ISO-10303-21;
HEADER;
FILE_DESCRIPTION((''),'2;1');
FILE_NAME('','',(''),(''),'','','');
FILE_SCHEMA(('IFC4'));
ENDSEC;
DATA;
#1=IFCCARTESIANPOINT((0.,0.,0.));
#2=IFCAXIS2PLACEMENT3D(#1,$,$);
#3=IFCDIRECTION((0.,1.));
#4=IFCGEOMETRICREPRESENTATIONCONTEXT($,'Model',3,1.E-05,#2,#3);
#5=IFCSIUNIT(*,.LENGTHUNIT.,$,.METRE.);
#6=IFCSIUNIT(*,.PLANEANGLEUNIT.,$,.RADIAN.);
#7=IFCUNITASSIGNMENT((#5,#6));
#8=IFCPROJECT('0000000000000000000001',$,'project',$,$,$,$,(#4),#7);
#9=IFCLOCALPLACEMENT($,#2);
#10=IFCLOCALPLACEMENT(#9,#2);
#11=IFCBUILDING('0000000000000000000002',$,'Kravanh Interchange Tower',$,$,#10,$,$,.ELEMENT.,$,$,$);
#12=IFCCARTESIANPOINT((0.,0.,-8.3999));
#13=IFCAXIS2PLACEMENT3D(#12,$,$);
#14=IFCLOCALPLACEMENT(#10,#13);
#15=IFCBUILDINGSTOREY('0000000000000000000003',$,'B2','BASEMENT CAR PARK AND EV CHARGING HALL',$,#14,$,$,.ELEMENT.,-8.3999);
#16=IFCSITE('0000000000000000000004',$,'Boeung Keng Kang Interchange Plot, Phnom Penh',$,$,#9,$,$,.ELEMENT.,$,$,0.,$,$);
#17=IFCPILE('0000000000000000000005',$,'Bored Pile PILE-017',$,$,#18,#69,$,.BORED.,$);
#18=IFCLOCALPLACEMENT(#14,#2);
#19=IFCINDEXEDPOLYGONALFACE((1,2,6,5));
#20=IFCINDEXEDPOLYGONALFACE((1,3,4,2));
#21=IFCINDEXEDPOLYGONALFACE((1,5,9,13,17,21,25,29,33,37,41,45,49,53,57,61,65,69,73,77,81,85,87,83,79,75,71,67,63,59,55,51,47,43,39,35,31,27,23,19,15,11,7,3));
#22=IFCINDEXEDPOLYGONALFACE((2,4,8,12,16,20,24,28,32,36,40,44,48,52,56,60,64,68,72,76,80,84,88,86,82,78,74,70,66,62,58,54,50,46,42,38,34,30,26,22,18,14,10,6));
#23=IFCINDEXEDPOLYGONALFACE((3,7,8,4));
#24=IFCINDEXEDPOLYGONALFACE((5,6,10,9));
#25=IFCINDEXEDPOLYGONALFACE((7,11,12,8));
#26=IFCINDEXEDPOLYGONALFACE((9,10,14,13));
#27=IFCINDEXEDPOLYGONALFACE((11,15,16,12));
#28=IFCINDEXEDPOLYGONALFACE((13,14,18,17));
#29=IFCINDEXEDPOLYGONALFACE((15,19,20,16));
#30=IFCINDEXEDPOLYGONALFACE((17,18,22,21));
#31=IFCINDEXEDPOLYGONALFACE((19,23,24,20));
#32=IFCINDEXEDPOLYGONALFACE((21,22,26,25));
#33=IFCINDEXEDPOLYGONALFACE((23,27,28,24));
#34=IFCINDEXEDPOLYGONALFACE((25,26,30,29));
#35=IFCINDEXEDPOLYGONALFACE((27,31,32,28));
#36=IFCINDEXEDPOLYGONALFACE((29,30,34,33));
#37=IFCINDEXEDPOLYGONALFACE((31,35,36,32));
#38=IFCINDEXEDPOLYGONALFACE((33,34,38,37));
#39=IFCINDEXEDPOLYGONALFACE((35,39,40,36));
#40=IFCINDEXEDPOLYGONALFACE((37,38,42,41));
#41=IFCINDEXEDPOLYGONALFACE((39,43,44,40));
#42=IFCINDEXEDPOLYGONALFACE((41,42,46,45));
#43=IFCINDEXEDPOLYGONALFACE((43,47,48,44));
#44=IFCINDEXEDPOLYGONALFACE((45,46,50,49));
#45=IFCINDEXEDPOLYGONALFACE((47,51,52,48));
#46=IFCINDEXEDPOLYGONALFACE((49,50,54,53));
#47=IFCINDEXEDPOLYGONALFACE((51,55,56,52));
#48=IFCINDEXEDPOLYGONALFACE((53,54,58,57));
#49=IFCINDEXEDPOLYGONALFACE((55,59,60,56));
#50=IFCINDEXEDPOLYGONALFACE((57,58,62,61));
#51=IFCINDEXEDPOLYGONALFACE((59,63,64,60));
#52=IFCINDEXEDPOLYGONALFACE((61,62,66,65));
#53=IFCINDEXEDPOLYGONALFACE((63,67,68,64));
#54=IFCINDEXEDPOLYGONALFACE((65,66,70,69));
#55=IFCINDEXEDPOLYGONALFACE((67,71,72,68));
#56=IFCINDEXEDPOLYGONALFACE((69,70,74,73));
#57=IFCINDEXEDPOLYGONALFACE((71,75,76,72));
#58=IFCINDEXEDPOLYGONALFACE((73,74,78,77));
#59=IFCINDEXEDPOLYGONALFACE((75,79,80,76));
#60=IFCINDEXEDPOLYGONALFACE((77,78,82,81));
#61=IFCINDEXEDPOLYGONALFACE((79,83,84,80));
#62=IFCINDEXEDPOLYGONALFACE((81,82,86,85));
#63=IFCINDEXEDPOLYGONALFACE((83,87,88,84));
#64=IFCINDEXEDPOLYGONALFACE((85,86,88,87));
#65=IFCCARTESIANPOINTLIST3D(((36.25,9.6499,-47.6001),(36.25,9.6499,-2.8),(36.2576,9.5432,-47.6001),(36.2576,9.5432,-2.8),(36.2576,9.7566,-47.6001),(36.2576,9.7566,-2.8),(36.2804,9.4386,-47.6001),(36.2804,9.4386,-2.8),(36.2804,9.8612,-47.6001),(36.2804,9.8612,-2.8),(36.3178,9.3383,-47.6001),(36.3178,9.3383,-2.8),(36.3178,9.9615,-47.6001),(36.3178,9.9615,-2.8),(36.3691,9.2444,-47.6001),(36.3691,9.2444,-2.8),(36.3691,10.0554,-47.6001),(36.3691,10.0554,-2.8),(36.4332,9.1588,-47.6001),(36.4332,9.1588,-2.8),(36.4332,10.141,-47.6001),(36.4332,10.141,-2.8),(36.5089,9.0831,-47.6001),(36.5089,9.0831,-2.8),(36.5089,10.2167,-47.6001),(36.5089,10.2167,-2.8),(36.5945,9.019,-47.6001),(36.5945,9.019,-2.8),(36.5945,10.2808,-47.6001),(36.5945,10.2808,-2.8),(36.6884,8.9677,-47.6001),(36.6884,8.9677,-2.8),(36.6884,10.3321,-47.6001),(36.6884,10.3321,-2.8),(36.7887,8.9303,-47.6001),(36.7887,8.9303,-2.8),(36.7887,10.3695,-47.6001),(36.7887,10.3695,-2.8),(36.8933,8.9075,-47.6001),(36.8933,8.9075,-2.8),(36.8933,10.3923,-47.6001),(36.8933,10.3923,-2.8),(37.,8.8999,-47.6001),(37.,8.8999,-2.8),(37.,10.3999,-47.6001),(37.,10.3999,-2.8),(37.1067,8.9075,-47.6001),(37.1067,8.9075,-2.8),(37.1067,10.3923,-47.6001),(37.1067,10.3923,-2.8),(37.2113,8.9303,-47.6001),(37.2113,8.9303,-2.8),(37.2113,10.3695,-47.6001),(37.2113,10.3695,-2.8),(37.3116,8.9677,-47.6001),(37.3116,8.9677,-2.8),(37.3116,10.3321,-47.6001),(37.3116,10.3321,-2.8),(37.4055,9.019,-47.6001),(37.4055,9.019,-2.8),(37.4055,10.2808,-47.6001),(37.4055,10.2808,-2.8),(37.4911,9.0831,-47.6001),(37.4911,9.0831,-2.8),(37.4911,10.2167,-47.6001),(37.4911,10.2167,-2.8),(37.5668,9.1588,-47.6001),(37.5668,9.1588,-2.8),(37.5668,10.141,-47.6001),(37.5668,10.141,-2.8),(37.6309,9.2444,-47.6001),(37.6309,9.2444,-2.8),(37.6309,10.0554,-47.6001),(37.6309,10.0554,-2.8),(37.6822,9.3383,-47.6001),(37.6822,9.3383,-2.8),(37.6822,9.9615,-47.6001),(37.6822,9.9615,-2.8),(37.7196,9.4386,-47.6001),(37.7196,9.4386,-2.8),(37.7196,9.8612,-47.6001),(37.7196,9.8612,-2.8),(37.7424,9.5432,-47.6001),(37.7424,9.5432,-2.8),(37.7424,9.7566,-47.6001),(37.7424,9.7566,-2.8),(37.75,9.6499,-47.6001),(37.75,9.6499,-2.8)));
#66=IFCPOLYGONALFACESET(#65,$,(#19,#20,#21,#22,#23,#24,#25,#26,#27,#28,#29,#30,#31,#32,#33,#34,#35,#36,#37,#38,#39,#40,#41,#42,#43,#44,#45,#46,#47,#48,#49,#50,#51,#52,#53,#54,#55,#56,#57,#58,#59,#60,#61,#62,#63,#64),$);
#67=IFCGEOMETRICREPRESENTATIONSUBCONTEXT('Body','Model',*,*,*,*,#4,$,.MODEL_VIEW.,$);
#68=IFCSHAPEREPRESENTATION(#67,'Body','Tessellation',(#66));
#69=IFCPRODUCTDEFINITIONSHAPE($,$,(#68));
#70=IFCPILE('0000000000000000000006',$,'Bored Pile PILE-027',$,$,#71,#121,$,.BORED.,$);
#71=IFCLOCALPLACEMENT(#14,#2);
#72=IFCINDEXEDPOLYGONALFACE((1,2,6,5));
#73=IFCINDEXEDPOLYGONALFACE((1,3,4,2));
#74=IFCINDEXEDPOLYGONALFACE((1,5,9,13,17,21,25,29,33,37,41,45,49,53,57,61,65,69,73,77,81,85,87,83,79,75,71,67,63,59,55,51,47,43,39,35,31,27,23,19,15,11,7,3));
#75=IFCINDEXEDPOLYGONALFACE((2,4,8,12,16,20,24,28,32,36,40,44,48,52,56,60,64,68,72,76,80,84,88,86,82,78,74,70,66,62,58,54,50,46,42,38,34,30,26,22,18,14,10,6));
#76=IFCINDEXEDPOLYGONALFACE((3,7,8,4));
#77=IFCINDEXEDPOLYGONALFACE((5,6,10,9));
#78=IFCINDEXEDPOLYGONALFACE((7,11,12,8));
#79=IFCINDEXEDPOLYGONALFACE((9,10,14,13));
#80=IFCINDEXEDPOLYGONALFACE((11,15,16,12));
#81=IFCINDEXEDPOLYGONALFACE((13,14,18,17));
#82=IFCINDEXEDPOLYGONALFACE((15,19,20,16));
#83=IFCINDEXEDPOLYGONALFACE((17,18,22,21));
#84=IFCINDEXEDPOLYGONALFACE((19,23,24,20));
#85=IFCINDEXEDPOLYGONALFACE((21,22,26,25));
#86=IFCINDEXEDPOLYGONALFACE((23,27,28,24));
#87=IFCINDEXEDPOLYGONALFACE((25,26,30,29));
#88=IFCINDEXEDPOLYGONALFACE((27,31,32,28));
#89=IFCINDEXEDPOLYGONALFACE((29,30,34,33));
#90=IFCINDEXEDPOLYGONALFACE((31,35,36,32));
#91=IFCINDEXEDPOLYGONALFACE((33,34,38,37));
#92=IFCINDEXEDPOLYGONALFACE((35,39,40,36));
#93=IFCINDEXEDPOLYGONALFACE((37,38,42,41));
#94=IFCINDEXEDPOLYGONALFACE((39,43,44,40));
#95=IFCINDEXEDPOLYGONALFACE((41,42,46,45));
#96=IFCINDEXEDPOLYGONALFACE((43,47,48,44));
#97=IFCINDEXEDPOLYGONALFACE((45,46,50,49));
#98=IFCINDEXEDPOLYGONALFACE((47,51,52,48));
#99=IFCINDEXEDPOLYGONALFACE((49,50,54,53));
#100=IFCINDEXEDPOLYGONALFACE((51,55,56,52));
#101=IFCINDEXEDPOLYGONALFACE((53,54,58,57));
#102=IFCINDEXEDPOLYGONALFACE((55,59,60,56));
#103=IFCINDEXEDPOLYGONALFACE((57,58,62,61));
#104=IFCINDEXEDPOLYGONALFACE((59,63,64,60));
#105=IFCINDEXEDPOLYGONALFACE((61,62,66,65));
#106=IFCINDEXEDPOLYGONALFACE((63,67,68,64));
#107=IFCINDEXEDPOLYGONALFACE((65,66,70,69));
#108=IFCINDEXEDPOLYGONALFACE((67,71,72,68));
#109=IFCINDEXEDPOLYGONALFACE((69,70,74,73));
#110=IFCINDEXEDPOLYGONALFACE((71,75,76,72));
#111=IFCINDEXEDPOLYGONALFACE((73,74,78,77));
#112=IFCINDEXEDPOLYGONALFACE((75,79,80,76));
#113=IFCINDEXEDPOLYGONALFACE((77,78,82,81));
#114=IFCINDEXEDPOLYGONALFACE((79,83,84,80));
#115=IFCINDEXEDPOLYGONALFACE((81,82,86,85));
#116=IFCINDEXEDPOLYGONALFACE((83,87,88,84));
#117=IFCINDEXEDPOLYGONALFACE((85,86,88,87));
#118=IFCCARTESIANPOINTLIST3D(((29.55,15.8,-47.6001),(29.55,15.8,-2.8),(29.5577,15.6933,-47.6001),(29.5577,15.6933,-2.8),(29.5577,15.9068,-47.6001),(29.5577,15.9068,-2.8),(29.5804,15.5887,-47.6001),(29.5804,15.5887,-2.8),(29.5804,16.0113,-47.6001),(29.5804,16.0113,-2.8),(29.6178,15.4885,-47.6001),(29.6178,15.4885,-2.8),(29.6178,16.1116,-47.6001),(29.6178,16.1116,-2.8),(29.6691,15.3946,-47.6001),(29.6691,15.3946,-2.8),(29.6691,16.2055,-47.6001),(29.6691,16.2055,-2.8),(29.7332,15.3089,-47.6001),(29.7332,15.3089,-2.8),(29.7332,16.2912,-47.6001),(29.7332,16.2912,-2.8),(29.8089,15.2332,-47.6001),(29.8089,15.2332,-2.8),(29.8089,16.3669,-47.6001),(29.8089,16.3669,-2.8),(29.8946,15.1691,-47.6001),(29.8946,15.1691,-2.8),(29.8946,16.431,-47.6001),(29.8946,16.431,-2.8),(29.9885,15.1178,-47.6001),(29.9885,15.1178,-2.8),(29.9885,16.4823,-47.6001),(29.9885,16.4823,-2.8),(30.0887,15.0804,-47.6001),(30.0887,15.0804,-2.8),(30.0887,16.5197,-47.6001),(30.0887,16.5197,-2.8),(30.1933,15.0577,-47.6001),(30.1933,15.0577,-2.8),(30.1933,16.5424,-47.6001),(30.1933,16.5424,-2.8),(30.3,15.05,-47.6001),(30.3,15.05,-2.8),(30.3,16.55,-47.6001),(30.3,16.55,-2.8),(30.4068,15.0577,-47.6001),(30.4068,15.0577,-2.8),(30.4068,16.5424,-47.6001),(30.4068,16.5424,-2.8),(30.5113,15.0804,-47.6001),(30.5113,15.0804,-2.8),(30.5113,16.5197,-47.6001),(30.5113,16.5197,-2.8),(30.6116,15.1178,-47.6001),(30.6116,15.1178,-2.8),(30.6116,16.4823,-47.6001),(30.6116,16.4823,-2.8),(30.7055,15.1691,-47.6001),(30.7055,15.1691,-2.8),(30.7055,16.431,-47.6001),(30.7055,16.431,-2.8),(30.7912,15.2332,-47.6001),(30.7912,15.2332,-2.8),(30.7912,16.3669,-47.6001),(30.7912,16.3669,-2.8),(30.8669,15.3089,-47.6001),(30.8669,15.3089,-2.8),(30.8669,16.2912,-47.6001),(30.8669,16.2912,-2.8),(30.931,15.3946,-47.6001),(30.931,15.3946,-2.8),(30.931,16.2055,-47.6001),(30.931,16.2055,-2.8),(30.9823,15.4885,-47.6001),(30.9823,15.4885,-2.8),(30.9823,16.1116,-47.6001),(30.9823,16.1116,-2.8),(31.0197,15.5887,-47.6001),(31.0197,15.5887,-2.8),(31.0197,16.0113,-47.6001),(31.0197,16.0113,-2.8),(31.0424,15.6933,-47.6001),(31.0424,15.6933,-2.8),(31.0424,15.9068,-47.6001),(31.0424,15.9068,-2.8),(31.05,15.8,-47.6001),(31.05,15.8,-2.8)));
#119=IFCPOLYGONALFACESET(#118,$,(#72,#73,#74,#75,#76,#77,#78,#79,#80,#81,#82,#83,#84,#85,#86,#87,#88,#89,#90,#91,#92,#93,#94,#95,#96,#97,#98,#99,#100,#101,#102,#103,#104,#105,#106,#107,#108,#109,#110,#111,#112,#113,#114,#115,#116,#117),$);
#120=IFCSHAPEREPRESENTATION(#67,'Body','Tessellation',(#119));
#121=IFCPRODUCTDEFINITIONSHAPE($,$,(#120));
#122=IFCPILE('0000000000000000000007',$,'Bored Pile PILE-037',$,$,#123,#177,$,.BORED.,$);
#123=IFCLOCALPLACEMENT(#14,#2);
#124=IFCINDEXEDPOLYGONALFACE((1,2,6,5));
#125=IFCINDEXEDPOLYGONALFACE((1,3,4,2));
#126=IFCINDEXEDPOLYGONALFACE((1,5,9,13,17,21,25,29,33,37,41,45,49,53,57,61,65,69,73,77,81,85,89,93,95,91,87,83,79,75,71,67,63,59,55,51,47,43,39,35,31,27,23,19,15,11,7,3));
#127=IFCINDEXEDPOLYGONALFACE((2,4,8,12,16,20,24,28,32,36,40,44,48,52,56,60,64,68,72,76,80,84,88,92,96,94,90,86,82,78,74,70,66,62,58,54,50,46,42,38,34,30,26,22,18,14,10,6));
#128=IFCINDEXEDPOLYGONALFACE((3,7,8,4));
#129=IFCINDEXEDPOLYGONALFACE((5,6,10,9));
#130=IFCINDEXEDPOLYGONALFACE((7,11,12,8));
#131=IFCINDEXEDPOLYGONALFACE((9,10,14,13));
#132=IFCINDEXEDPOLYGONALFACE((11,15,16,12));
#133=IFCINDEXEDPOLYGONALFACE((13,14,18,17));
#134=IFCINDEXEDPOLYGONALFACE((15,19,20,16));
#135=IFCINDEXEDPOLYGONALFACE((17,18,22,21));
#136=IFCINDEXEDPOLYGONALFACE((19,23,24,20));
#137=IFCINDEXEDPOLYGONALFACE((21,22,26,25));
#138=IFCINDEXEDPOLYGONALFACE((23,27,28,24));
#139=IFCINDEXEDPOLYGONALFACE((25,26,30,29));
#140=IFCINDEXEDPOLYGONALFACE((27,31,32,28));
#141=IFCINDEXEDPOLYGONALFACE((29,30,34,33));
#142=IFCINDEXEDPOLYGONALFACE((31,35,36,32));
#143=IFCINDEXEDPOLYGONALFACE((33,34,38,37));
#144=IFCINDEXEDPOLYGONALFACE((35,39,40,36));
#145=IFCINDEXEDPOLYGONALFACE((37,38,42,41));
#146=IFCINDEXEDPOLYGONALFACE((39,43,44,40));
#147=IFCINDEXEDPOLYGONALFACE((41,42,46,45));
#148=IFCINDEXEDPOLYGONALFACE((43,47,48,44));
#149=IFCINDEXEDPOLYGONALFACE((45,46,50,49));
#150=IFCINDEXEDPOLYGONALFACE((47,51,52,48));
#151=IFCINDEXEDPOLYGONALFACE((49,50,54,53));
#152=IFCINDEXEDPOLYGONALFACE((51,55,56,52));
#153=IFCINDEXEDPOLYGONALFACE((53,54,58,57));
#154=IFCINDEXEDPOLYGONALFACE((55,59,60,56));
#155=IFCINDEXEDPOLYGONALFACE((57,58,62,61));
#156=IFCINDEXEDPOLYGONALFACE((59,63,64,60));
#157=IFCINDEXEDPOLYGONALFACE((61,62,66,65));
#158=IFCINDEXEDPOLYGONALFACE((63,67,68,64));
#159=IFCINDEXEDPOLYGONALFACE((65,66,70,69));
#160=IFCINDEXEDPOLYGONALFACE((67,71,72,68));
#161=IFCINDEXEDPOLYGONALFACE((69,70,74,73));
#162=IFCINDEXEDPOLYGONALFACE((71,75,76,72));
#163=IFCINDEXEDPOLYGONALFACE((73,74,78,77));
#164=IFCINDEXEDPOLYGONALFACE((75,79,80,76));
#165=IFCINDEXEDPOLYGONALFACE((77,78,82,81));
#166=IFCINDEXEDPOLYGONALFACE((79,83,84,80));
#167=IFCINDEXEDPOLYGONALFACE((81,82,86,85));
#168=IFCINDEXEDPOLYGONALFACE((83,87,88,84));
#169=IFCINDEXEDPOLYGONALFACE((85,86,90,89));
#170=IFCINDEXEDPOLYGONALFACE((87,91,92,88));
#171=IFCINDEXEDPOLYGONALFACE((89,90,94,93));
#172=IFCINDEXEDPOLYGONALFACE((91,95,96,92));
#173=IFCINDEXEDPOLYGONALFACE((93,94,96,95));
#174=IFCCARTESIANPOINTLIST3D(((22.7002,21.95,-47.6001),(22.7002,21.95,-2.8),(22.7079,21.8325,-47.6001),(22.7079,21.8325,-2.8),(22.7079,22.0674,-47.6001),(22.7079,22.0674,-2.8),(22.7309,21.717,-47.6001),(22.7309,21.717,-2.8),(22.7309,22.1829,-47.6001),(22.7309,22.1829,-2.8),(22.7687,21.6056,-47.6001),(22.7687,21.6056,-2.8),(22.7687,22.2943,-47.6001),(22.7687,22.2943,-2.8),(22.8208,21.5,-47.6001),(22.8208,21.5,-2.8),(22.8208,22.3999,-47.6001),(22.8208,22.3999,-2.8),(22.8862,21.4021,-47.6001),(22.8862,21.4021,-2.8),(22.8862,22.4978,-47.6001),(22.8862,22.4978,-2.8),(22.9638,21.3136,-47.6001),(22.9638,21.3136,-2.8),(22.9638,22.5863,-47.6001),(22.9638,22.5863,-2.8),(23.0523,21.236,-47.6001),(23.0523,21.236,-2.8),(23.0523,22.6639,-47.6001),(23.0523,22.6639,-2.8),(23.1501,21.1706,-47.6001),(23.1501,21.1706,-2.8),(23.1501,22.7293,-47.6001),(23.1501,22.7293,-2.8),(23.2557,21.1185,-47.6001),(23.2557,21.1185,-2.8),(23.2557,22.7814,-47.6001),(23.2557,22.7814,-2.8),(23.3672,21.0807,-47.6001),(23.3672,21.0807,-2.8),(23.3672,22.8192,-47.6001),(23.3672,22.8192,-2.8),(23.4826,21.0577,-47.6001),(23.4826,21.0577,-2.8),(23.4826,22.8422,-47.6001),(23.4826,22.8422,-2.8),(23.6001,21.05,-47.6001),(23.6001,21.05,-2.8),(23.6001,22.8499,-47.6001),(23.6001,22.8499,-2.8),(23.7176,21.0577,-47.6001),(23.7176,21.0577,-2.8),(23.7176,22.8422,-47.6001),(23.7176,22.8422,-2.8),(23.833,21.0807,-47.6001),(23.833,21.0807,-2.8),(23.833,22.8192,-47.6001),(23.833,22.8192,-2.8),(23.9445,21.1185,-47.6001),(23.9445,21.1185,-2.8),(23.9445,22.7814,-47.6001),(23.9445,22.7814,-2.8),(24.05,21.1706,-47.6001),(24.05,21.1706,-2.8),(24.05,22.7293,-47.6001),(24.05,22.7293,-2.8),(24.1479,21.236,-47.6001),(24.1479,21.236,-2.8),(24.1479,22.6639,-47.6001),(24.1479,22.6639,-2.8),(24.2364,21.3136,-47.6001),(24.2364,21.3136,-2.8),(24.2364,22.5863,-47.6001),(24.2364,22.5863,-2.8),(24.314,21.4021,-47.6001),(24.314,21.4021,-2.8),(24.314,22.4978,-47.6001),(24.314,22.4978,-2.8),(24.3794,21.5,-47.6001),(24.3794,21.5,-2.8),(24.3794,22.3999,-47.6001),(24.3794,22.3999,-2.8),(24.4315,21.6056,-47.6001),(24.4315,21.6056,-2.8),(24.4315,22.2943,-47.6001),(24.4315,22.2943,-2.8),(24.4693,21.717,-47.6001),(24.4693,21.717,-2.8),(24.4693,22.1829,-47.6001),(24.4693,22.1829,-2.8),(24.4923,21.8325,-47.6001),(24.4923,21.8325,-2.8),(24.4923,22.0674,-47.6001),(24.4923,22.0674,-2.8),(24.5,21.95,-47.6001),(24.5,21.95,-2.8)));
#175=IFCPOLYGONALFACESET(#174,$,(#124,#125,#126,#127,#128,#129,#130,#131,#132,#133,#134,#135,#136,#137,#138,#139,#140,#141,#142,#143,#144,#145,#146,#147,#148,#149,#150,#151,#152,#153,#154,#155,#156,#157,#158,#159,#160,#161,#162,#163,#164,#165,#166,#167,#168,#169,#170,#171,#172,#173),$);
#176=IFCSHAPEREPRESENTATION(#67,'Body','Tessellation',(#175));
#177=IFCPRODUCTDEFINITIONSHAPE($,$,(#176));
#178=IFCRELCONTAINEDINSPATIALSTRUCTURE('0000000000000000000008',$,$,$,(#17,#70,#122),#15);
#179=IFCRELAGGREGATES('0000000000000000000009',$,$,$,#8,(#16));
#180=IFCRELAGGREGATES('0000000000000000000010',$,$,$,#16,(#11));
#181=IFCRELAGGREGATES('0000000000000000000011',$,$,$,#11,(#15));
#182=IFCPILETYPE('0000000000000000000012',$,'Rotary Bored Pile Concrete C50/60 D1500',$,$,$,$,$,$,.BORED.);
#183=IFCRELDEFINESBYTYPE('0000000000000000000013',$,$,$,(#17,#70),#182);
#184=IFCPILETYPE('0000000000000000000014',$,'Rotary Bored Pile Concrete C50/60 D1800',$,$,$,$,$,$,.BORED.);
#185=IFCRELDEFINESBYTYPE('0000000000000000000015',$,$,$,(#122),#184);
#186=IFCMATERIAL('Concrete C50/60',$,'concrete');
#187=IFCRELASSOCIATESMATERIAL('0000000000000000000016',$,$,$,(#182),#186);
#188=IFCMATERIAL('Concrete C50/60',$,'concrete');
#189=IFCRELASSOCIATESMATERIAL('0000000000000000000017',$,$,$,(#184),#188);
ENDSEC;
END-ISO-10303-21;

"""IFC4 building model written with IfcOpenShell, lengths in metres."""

from ifc_helpers import new_model, si_unit, direction, frame, origin, origin_2d, place, context, subcontext, project, spatial, circle, extrude, material, material_profile, profile_set, type_object, element, save


model = new_model("IFC4")

# Units and contexts
model_context = context("Model", 3, precision=1e-05, world=origin(), true_north=direction((0.0, 1.0)))
body_context = subcontext(model_context, "Body", "Model", "MODEL_VIEW")
ifc_project = project(units=[si_unit("LENGTHUNIT", "METRE"), si_unit("PLANEANGLEUNIT", "RADIAN")], contexts=[model_context])

# Site, building, storey
site_placement = place(None, origin())
site = spatial("IfcSite", under=ifc_project, at=site_placement, Name="Boeung Keng Kang Interchange Plot, Phnom Penh", CompositionType="ELEMENT", RefElevation=0.0)
building_placement = place(site_placement, origin())
building = spatial("IfcBuilding", under=site, at=building_placement, Name="Kravanh Interchange Tower", CompositionType="ELEMENT")
storey_placement = place(building_placement, frame((0.0, 0.0, -8.3999)))
storey = spatial("IfcBuildingStorey", under=building, at=storey_placement, Name="B2", Description="BASEMENT CAR PARK AND EV CHARGING HALL", CompositionType="ELEMENT", Elevation=-8.3999)

# Piles
ifc_material_1 = material(Name="Concrete C50/60", Category="concrete")
ifc_material_profile_1 = material_profile(ifc_material_1, circle(Radius=0.75, at=origin_2d()), Name="PILE-D1500")
ifc_profile_set_1 = profile_set([ifc_material_profile_1], Name="Concrete C50/60")
pile_type_1 = type_object("IfcPileType", Name="Rotary Bored Pile Concrete C50/60 D1500", PredefinedType="BORED", material=ifc_profile_set_1)
for number, where, z_axis, x_axis, name in (
    (1, (37.0, 9.6499, -2.8), (0.0, 0.0, -1.0), (1.0, 0.0, 0.0), "Bored Pile PILE-017"),
    (2, (30.3, 15.8, -2.8), (0.0, 0.0, -1.0), (1.0, 0.0, 0.0), "Bored Pile PILE-027"),
):
    element("IfcPile", number, at=place(storey_placement, frame(where, z_axis=z_axis, x_axis=x_axis)), inside=storey, type_object=pile_type_1, Name=name, PredefinedType="BORED", context=body_context, shape_type="SweptSolid", body=[
        extrude(circle(Radius=0.75, at=origin_2d()), origin(), (0.0, 0.0, 1.0), 44.8),
    ])
ifc_material_2 = material(Name="Concrete C50/60", Category="concrete")
ifc_material_profile_2 = material_profile(ifc_material_2, circle(Radius=0.8999, at=origin_2d()), Name="PILE-D1800")
ifc_profile_set_2 = profile_set([ifc_material_profile_2], Name="Concrete C50/60")
pile_type_2 = type_object("IfcPileType", Name="Rotary Bored Pile Concrete C50/60 D1800", PredefinedType="BORED", material=ifc_profile_set_2)
for number, where, z_axis, x_axis, name in (
    (3, (23.6001, 21.95, -2.8), (0.0, 0.0, -1.0), (1.0, 0.0, 0.0), "Bored Pile PILE-037"),
):
    element("IfcPile", number, at=place(storey_placement, frame(where, z_axis=z_axis, x_axis=x_axis)), inside=storey, type_object=pile_type_2, Name=name, PredefinedType="BORED", context=body_context, shape_type="SweptSolid", body=[
        extrude(circle(Radius=0.8999, at=origin_2d()), origin(), (0.0, 0.0, 1.0), 44.8),
    ])

save(model, "model.ifc")
